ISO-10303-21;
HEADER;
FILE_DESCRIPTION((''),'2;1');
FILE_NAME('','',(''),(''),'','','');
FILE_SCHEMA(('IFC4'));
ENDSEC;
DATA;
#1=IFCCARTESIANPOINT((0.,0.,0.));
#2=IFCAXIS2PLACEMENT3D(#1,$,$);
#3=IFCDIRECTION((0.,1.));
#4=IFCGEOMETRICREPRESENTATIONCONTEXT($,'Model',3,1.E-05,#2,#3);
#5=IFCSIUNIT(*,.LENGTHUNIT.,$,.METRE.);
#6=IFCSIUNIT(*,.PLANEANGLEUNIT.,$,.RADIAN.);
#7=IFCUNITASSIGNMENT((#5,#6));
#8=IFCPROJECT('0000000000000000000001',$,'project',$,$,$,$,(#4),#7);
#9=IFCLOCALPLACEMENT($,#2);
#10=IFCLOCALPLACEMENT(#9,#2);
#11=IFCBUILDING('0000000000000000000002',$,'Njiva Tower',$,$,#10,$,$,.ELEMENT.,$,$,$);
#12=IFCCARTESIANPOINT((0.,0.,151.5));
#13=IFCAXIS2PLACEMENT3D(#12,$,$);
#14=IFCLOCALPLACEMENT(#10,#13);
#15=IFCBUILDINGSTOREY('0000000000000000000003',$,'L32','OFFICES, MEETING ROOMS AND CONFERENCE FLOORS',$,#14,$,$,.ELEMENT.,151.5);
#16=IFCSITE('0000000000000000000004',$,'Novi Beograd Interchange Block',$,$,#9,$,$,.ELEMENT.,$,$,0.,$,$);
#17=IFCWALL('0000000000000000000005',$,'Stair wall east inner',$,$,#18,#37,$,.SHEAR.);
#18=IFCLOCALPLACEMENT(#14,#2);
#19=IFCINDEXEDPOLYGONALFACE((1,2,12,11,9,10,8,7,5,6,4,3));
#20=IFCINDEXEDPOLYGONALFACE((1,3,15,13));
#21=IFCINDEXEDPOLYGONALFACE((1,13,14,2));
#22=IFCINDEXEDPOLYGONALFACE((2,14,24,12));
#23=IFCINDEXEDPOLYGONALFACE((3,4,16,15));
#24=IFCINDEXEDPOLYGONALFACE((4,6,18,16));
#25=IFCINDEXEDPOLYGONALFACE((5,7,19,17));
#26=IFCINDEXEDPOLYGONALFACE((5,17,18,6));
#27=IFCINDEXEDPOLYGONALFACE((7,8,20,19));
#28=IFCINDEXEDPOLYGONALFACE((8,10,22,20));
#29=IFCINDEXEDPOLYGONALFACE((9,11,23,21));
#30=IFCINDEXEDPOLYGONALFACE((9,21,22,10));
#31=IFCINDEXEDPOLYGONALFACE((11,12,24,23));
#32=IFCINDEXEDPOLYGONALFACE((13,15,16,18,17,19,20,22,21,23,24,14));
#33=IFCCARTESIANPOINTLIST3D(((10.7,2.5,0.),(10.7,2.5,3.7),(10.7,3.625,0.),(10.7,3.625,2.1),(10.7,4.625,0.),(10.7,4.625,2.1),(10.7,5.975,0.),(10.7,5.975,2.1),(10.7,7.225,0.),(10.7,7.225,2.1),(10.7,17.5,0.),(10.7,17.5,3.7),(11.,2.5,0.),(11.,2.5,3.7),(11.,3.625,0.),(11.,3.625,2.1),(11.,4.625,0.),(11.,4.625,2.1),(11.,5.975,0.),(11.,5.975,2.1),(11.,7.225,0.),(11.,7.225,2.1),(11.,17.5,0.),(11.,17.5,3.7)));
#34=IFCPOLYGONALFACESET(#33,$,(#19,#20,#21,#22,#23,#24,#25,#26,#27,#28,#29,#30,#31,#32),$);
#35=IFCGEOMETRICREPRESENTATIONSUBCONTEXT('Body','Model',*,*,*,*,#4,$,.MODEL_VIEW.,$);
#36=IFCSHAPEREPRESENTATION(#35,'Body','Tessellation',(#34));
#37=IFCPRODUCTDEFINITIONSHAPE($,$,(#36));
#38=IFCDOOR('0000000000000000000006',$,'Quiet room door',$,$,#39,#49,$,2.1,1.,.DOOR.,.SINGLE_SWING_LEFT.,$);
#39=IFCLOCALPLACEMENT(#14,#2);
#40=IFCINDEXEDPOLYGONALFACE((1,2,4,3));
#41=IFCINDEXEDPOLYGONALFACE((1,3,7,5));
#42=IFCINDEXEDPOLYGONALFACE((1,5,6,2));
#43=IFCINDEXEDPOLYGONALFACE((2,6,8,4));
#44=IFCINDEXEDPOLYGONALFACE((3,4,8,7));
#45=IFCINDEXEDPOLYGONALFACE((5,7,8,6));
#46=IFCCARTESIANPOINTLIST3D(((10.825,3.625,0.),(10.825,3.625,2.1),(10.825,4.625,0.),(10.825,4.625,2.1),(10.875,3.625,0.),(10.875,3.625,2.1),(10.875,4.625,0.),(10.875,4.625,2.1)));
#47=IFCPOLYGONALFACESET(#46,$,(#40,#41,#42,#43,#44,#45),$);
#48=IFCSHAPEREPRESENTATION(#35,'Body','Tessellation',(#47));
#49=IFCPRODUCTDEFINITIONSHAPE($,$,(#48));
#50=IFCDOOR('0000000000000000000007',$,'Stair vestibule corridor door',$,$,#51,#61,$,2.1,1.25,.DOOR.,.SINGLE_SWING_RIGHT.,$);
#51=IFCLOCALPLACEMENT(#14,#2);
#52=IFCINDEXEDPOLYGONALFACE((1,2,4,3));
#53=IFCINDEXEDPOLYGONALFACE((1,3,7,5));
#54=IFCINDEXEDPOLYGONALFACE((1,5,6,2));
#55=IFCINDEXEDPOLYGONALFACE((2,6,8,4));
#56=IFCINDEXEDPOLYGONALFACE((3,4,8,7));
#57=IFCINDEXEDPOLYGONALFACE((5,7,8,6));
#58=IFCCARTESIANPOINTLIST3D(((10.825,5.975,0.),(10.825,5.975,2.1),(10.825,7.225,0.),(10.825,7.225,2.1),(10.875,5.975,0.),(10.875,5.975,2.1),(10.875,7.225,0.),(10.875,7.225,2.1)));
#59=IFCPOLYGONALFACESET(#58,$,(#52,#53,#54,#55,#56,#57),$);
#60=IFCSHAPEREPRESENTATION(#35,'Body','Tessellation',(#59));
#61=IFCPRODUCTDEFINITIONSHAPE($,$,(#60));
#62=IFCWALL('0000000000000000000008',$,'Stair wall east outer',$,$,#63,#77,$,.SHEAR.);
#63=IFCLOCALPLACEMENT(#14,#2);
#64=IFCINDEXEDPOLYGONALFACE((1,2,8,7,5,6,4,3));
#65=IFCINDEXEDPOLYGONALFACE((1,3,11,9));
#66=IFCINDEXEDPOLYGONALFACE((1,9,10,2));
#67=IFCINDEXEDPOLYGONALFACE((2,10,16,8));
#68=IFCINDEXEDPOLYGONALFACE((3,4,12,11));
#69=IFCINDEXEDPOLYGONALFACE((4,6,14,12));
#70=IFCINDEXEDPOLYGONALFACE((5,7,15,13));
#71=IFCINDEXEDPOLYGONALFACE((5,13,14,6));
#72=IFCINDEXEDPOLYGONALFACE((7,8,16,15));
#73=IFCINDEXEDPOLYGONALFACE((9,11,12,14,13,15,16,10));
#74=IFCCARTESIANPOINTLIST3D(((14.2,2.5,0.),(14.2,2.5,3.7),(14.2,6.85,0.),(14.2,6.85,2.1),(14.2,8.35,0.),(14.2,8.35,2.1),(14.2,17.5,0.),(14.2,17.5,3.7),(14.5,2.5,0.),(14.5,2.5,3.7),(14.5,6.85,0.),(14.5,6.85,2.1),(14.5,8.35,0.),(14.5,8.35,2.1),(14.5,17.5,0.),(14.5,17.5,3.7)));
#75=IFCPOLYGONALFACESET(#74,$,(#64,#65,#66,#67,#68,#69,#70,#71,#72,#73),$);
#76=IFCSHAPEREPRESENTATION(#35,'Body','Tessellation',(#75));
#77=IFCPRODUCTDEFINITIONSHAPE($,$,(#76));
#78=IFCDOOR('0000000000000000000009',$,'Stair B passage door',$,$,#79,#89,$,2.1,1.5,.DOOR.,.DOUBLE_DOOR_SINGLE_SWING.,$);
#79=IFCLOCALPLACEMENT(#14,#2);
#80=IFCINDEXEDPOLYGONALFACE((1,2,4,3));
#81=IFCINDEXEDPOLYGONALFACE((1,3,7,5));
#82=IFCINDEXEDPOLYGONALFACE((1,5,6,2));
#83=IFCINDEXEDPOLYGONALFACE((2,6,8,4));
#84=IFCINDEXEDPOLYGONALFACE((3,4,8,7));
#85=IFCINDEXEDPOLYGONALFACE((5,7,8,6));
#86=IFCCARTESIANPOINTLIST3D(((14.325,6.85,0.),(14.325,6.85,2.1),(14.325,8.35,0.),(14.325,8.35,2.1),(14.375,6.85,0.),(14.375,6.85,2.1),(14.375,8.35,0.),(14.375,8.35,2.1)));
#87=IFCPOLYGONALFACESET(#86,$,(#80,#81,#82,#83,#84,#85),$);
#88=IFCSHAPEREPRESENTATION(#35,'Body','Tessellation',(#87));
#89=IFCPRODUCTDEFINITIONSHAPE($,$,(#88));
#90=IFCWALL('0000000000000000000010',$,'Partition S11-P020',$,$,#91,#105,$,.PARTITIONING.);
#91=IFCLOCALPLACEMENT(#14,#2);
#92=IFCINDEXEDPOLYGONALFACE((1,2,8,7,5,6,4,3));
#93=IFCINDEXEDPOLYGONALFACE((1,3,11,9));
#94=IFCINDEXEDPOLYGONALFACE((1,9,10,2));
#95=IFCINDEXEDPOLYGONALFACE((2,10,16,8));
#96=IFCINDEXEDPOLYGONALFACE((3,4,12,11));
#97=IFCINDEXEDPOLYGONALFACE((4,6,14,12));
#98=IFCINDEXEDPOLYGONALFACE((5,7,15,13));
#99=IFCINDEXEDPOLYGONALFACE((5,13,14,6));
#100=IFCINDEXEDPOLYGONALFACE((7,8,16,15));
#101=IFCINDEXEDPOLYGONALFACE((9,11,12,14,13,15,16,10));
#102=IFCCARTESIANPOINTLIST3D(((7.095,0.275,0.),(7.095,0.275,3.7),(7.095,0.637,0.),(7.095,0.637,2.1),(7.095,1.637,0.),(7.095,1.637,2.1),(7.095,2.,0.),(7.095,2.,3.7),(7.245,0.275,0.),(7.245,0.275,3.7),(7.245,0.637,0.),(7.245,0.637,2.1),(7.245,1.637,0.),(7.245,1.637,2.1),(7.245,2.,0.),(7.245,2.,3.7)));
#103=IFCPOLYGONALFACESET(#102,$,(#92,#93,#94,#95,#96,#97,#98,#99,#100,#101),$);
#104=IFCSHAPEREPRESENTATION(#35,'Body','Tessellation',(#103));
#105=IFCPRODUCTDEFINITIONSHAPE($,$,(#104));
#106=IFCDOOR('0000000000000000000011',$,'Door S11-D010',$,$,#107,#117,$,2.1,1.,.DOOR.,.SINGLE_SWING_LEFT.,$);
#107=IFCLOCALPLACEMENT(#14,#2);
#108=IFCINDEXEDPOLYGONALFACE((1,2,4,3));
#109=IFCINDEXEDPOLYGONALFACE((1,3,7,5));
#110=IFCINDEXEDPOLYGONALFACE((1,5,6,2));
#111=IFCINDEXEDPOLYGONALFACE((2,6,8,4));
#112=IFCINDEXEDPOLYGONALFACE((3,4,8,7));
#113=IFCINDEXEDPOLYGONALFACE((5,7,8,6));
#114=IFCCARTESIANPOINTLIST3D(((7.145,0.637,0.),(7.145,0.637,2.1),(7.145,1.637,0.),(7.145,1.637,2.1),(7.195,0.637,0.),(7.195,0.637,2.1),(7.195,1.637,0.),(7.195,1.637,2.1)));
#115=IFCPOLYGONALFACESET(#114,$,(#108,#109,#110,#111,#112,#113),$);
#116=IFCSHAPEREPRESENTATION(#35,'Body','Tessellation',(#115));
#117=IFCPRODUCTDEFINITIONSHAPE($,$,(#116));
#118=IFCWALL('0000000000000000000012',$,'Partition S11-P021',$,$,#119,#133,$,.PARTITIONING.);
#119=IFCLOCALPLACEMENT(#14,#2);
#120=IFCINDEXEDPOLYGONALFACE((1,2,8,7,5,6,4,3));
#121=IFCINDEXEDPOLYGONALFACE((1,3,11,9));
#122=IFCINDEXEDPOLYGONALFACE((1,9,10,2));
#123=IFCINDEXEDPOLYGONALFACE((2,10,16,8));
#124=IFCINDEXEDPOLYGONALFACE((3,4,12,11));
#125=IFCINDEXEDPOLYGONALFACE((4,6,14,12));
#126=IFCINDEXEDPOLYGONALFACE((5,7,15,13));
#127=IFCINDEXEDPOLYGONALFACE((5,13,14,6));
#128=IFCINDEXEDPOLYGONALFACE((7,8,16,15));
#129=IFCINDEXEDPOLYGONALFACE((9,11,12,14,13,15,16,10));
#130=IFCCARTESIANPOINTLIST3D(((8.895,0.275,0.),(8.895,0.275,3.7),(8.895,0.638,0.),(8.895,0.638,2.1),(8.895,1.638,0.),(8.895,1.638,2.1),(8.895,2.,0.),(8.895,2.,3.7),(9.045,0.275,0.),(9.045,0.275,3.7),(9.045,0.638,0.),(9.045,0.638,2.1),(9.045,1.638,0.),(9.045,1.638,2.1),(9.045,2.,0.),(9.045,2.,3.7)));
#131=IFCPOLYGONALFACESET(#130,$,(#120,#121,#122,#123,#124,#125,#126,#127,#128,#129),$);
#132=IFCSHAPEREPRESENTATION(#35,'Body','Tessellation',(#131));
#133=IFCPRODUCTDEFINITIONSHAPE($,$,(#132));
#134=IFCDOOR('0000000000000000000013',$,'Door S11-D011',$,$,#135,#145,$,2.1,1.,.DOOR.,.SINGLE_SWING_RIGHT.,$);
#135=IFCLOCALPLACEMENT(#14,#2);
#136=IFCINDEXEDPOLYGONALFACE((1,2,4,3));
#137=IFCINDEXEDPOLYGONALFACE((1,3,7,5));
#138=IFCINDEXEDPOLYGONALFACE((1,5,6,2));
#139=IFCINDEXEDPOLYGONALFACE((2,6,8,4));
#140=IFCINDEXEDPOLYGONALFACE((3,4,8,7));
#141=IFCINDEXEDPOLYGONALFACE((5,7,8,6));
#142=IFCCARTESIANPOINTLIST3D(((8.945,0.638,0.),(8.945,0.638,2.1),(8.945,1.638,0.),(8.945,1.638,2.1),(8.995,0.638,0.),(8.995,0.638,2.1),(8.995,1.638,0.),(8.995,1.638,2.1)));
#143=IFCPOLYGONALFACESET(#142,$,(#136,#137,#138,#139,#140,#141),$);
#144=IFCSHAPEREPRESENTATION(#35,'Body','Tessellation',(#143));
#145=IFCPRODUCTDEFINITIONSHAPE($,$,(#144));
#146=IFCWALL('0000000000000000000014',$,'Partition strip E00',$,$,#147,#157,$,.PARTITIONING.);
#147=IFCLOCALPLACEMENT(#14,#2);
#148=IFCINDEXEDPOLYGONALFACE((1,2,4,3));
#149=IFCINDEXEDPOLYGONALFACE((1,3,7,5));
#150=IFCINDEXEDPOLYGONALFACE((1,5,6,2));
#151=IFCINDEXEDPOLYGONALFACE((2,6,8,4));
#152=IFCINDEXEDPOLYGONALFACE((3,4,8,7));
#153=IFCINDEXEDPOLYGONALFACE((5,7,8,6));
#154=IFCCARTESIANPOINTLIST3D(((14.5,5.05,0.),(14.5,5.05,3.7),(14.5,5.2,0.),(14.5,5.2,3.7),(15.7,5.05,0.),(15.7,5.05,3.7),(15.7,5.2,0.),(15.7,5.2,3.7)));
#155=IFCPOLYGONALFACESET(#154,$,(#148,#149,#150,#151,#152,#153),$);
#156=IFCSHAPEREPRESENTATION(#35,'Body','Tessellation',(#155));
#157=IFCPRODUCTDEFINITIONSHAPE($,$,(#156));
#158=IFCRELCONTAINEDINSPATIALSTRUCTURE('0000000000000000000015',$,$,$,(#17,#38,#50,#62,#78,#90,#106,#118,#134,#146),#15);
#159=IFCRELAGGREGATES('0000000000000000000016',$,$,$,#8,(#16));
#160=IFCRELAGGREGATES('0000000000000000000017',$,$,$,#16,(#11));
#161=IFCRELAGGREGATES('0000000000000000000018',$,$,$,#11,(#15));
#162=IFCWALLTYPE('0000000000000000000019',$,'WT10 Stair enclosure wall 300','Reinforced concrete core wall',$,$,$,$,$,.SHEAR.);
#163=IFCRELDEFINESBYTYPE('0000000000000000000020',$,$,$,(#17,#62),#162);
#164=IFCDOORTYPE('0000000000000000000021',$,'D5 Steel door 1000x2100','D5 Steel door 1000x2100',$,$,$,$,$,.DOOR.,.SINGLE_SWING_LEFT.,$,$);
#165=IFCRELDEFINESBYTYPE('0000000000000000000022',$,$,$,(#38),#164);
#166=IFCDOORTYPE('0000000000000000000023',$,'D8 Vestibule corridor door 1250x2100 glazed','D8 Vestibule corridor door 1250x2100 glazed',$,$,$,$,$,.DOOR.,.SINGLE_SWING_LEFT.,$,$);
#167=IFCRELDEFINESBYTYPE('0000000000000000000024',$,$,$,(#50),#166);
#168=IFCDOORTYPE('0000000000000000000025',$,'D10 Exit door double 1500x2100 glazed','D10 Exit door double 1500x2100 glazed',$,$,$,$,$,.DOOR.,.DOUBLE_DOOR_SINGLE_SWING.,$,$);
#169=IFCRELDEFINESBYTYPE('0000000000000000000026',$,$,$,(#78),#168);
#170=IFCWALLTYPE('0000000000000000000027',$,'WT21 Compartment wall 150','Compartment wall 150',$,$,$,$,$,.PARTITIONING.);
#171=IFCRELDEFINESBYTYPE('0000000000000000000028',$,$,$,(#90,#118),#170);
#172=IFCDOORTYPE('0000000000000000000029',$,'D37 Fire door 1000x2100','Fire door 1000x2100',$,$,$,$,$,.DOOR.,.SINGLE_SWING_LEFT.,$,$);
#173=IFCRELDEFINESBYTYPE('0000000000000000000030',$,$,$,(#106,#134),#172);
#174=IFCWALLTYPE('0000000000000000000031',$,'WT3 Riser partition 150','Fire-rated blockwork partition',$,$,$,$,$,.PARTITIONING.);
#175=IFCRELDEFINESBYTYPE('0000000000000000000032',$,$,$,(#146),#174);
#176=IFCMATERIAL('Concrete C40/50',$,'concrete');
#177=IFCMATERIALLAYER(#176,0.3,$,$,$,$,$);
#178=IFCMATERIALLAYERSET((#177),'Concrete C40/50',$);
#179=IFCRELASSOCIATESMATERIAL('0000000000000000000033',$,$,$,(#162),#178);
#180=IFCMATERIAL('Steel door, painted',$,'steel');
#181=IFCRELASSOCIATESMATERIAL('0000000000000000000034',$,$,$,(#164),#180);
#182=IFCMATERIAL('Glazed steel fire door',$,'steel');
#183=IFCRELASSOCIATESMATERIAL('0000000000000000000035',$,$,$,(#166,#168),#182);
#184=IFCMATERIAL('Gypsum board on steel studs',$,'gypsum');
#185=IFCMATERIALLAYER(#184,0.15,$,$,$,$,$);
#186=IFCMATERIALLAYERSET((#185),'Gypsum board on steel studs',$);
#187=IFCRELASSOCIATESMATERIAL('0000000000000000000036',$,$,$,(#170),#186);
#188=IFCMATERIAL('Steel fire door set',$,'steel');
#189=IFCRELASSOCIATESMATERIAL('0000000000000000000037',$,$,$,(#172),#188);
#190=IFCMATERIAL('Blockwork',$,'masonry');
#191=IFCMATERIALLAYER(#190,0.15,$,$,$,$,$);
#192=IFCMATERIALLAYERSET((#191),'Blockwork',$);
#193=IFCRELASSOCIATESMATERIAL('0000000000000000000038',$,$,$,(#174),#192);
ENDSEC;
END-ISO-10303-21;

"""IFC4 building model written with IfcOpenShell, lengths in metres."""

from ifc_helpers import new_model, si_unit, direction, frame, frame_2d, origin, place, context, subcontext, project, spatial, rectangle, extrude, material, layer, layer_set, type_object, element, fill, save


model = new_model("IFC4")

# Units and contexts
model_context = context("Model", 3, precision=1e-05, world=origin(), true_north=direction((0.0, 1.0)))
body_context = subcontext(model_context, "Body", "Model", "MODEL_VIEW")
ifc_project = project(units=[si_unit("LENGTHUNIT", "METRE"), si_unit("PLANEANGLEUNIT", "RADIAN")], contexts=[model_context])

# Site, building, storey
site_placement = place(None, origin())
site = spatial("IfcSite", under=ifc_project, at=site_placement, Name="Novi Beograd Interchange Block", CompositionType="ELEMENT", RefElevation=0.0)
building_placement = place(site_placement, origin())
building = spatial("IfcBuilding", under=site, at=building_placement, Name="Njiva Tower", CompositionType="ELEMENT")
storey_placement = place(building_placement, frame((0.0, 0.0, 151.5)))
storey = spatial("IfcBuildingStorey", under=building, at=storey_placement, Name="L32", Description="OFFICES, MEETING ROOMS AND CONFERENCE FLOORS", CompositionType="ELEMENT", Elevation=151.5)

# Shared definitions
ifc_material_1 = material(Name="Blockwork", Category="masonry")

# Wall, openings, doors
ifc_material_2 = material(Name="Concrete C40/50", Category="concrete")
ifc_layer_1 = layer(ifc_material_2, 0.3)
ifc_layer_set_1 = layer_set([ifc_layer_1], Name="Concrete C40/50")
wall_type_1 = type_object("IfcWallType", Name="WT10 Stair enclosure wall 300", Description="Reinforced concrete core wall", PredefinedType="SHEAR", material=ifc_layer_set_1)
wall_1_placement = place(storey_placement, frame((10.85, 2.5, 0.0), z_axis=(0.0, 0.0, 1.0), x_axis=(0.0, 1.0, 0.0)))
wall_1 = element("IfcWall", 1, at=wall_1_placement, inside=storey, type_object=wall_type_1, Name="Stair wall east inner", PredefinedType="SHEAR", context=body_context, shape_type="SweptSolid", body=[
    extrude(rectangle(XDim=15.0, YDim=0.3, at=frame_2d((7.5, 0.0))), origin(), (0.0, 0.0, 1.0), 3.7),
])
opening_1_placement = place(wall_1_placement, frame((3.475, 0.0, 0.0)))
opening_1 = element("IfcOpeningElement", 2, at=opening_1_placement, cuts=wall_1, PredefinedType="OPENING", context=body_context, shape_type="SweptSolid", body=[
    extrude(rectangle(XDim=1.25, YDim=2.1, at=frame_2d((0.625, 1.05))), frame((0.0, 0.16, 0.0), z_axis=(0.0, -1.0, 0.0), x_axis=(1.0, 0.0, 0.0)), (0.0, 0.0, 1.0), 0.32),
])
opening_2_placement = place(wall_1_placement, frame((1.125, 0.0, 0.0)))
opening_2 = element("IfcOpeningElement", 3, at=opening_2_placement, cuts=wall_1, PredefinedType="OPENING", context=body_context, shape_type="SweptSolid", body=[
    extrude(rectangle(XDim=1.0, YDim=2.1, at=frame_2d((0.5, 1.05))), frame((0.0, 0.16, 0.0), z_axis=(0.0, -1.0, 0.0), x_axis=(1.0, 0.0, 0.0)), (0.0, 0.0, 1.0), 0.32),
])
ifc_material_3 = material(Name="Steel door, painted", Category="steel")
door_type_1 = type_object("IfcDoorType", Name="D5 Steel door 1000x2100", Description="D5 Steel door 1000x2100", OperationType="SINGLE_SWING_LEFT", PredefinedType="DOOR", material=ifc_material_3)
door_1_placement = place(opening_2_placement, origin())
door_1 = element("IfcDoor", 4, at=door_1_placement, inside=storey, type_object=door_type_1, Name="Quiet room door", OperationType="SINGLE_SWING_LEFT", OverallHeight=2.1, OverallWidth=1.0, PredefinedType="DOOR", context=body_context, shape_type="SweptSolid", body=[
    extrude(rectangle(XDim=1.0, YDim=2.1, at=frame_2d((0.5, 1.05))), frame((0.0, 0.025, 0.0), z_axis=(0.0, -1.0, 0.0), x_axis=(1.0, 0.0, 0.0)), (0.0, 0.0, 1.0), 0.05),
])
fill(opening_2, door_1)
ifc_material_4 = material(Name="Glazed steel fire door", Category="steel")
door_type_2 = type_object("IfcDoorType", Name="D8 Vestibule corridor door 1250x2100 glazed", Description="D8 Vestibule corridor door 1250x2100 glazed", OperationType="SINGLE_SWING_LEFT", PredefinedType="DOOR", material=ifc_material_4)
door_2_placement = place(opening_1_placement, origin())
door_2 = element("IfcDoor", 5, at=door_2_placement, inside=storey, type_object=door_type_2, Name="Stair vestibule corridor door", OperationType="SINGLE_SWING_RIGHT", OverallHeight=2.1, OverallWidth=1.25, PredefinedType="DOOR", context=body_context, shape_type="SweptSolid", body=[
    extrude(rectangle(XDim=1.25, YDim=2.1, at=frame_2d((0.625, 1.05))), frame((0.0, 0.025, 0.0), z_axis=(0.0, -1.0, 0.0), x_axis=(1.0, 0.0, 0.0)), (0.0, 0.0, 1.0), 0.05),
])
fill(opening_1, door_2)

# Walls, openings, doors
wall_2_placement = place(storey_placement, frame((14.35, 2.5, 0.0), z_axis=(0.0, 0.0, 1.0), x_axis=(0.0, 1.0, 0.0)))
wall_2 = element("IfcWall", 6, at=wall_2_placement, inside=storey, type_object=wall_type_1, Name="Stair wall east outer", PredefinedType="SHEAR", context=body_context, shape_type="SweptSolid", body=[
    extrude(rectangle(XDim=15.0, YDim=0.3, at=frame_2d((7.5, 0.0))), origin(), (0.0, 0.0, 1.0), 3.7),
])
opening_3_placement = place(wall_2_placement, frame((4.35, 0.0, 0.0)))
opening_3 = element("IfcOpeningElement", 7, at=opening_3_placement, cuts=wall_2, PredefinedType="OPENING", context=body_context, shape_type="SweptSolid", body=[
    extrude(rectangle(XDim=1.5, YDim=2.1, at=frame_2d((0.75, 1.05))), frame((0.0, 0.16, 0.0), z_axis=(0.0, -1.0, 0.0), x_axis=(1.0, 0.0, 0.0)), (0.0, 0.0, 1.0), 0.32),
])
door_type_3 = type_object("IfcDoorType", Name="D10 Exit door double 1500x2100 glazed", Description="D10 Exit door double 1500x2100 glazed", OperationType="DOUBLE_DOOR_SINGLE_SWING", PredefinedType="DOOR", material=ifc_material_4)
door_3_placement = place(opening_3_placement, origin())
door_3 = element("IfcDoor", 8, at=door_3_placement, inside=storey, type_object=door_type_3, Name="Stair B passage door", OperationType="DOUBLE_DOOR_SINGLE_SWING", OverallHeight=2.1, OverallWidth=1.5, PredefinedType="DOOR", context=body_context, shape_type="SweptSolid", body=[
    extrude(rectangle(XDim=1.5, YDim=2.1, at=frame_2d((0.75, 1.05))), frame((0.0, 0.025, 0.0), z_axis=(0.0, -1.0, 0.0), x_axis=(1.0, 0.0, 0.0)), (0.0, 0.0, 1.0), 0.05),
])
fill(opening_3, door_3)
ifc_material_5 = material(Name="Gypsum board on steel studs", Category="gypsum")
ifc_layer_2 = layer(ifc_material_5, 0.15)
ifc_layer_set_2 = layer_set([ifc_layer_2], Name="Gypsum board on steel studs")
wall_type_2 = type_object("IfcWallType", Name="WT21 Compartment wall 150", Description="Compartment wall 150", PredefinedType="PARTITIONING", material=ifc_layer_set_2)
wall_3_placement = place(storey_placement, frame((7.17, 0.275, 0.0), z_axis=(0.0, 0.0, 1.0), x_axis=(0.0, 1.0, 0.0)))
wall_3 = element("IfcWall", 9, at=wall_3_placement, inside=storey, type_object=wall_type_2, Name="Partition S11-P020", PredefinedType="PARTITIONING", context=body_context, shape_type="SweptSolid", body=[
    extrude(rectangle(XDim=1.725, YDim=0.15, at=frame_2d((0.8625, 0.0))), origin(), (0.0, 0.0, 1.0), 3.7),
])
opening_4_placement = place(wall_3_placement, frame((0.362, 0.0, 0.0)))
opening_4 = element("IfcOpeningElement", 10, at=opening_4_placement, cuts=wall_3, PredefinedType="OPENING", context=body_context, shape_type="SweptSolid", body=[
    extrude(rectangle(XDim=1.0, YDim=2.1, at=frame_2d((0.5, 1.05))), frame((0.0, 0.085, 0.0), z_axis=(0.0, -1.0, 0.0), x_axis=(1.0, 0.0, 0.0)), (0.0, 0.0, 1.0), 0.17),
])
ifc_material_6 = material(Name="Steel fire door set", Category="steel")
door_type_4 = type_object("IfcDoorType", Name="D37 Fire door 1000x2100", Description="Fire door 1000x2100", OperationType="SINGLE_SWING_LEFT", PredefinedType="DOOR", material=ifc_material_6)
door_4_placement = place(opening_4_placement, origin())
door_4 = element("IfcDoor", 11, at=door_4_placement, inside=storey, type_object=door_type_4, Name="Door S11-D010", OperationType="SINGLE_SWING_LEFT", OverallHeight=2.1, OverallWidth=1.0, PredefinedType="DOOR", context=body_context, shape_type="SweptSolid", body=[
    extrude(rectangle(XDim=1.0, YDim=2.1, at=frame_2d((0.5, 1.05))), frame((0.0, 0.025, 0.0), z_axis=(0.0, -1.0, 0.0), x_axis=(1.0, 0.0, 0.0)), (0.0, 0.0, 1.0), 0.05),
])
fill(opening_4, door_4)
wall_4_placement = place(storey_placement, frame((8.97, 0.275, 0.0), z_axis=(0.0, 0.0, 1.0), x_axis=(0.0, 1.0, 0.0)))
wall_4 = element("IfcWall", 12, at=wall_4_placement, inside=storey, type_object=wall_type_2, Name="Partition S11-P021", PredefinedType="PARTITIONING", context=body_context, shape_type="SweptSolid", body=[
    extrude(rectangle(XDim=1.725, YDim=0.15, at=frame_2d((0.8625, 0.0))), origin(), (0.0, 0.0, 1.0), 3.7),
])
opening_5_placement = place(wall_4_placement, frame((0.363, 0.0, 0.0)))
opening_5 = element("IfcOpeningElement", 13, at=opening_5_placement, cuts=wall_4, PredefinedType="OPENING", context=body_context, shape_type="SweptSolid", body=[
    extrude(rectangle(XDim=1.0, YDim=2.1, at=frame_2d((0.5, 1.05))), frame((0.0, 0.085, 0.0), z_axis=(0.0, -1.0, 0.0), x_axis=(1.0, 0.0, 0.0)), (0.0, 0.0, 1.0), 0.17),
])
door_5_placement = place(opening_5_placement, origin())
door_5 = element("IfcDoor", 14, at=door_5_placement, inside=storey, type_object=door_type_4, Name="Door S11-D011", OperationType="SINGLE_SWING_RIGHT", OverallHeight=2.1, OverallWidth=1.0, PredefinedType="DOOR", context=body_context, shape_type="SweptSolid", body=[
    extrude(rectangle(XDim=1.0, YDim=2.1, at=frame_2d((0.5, 1.05))), frame((0.0, 0.025, 0.0), z_axis=(0.0, -1.0, 0.0), x_axis=(1.0, 0.0, 0.0)), (0.0, 0.0, 1.0), 0.05),
])
fill(opening_5, door_5)

# Wall
ifc_layer_3 = layer(ifc_material_1, 0.15)
ifc_layer_set_3 = layer_set([ifc_layer_3], Name="Blockwork")
wall_type_3 = type_object("IfcWallType", Name="WT3 Riser partition 150", Description="Fire-rated blockwork partition", PredefinedType="PARTITIONING", material=ifc_layer_set_3)
wall_5_placement = place(storey_placement, frame((14.5, 5.125, 0.0), z_axis=(0.0, 0.0, 1.0), x_axis=(1.0, 0.0, 0.0)))
element("IfcWall", 15, at=wall_5_placement, inside=storey, type_object=wall_type_3, Name="Partition strip E00", PredefinedType="PARTITIONING", context=body_context, shape_type="SweptSolid", body=[
    extrude(rectangle(XDim=1.2, YDim=0.15, at=frame_2d((0.6, 0.0))), origin(), (0.0, 0.0, 1.0), 3.7),
])

save(model, "model.ifc")
